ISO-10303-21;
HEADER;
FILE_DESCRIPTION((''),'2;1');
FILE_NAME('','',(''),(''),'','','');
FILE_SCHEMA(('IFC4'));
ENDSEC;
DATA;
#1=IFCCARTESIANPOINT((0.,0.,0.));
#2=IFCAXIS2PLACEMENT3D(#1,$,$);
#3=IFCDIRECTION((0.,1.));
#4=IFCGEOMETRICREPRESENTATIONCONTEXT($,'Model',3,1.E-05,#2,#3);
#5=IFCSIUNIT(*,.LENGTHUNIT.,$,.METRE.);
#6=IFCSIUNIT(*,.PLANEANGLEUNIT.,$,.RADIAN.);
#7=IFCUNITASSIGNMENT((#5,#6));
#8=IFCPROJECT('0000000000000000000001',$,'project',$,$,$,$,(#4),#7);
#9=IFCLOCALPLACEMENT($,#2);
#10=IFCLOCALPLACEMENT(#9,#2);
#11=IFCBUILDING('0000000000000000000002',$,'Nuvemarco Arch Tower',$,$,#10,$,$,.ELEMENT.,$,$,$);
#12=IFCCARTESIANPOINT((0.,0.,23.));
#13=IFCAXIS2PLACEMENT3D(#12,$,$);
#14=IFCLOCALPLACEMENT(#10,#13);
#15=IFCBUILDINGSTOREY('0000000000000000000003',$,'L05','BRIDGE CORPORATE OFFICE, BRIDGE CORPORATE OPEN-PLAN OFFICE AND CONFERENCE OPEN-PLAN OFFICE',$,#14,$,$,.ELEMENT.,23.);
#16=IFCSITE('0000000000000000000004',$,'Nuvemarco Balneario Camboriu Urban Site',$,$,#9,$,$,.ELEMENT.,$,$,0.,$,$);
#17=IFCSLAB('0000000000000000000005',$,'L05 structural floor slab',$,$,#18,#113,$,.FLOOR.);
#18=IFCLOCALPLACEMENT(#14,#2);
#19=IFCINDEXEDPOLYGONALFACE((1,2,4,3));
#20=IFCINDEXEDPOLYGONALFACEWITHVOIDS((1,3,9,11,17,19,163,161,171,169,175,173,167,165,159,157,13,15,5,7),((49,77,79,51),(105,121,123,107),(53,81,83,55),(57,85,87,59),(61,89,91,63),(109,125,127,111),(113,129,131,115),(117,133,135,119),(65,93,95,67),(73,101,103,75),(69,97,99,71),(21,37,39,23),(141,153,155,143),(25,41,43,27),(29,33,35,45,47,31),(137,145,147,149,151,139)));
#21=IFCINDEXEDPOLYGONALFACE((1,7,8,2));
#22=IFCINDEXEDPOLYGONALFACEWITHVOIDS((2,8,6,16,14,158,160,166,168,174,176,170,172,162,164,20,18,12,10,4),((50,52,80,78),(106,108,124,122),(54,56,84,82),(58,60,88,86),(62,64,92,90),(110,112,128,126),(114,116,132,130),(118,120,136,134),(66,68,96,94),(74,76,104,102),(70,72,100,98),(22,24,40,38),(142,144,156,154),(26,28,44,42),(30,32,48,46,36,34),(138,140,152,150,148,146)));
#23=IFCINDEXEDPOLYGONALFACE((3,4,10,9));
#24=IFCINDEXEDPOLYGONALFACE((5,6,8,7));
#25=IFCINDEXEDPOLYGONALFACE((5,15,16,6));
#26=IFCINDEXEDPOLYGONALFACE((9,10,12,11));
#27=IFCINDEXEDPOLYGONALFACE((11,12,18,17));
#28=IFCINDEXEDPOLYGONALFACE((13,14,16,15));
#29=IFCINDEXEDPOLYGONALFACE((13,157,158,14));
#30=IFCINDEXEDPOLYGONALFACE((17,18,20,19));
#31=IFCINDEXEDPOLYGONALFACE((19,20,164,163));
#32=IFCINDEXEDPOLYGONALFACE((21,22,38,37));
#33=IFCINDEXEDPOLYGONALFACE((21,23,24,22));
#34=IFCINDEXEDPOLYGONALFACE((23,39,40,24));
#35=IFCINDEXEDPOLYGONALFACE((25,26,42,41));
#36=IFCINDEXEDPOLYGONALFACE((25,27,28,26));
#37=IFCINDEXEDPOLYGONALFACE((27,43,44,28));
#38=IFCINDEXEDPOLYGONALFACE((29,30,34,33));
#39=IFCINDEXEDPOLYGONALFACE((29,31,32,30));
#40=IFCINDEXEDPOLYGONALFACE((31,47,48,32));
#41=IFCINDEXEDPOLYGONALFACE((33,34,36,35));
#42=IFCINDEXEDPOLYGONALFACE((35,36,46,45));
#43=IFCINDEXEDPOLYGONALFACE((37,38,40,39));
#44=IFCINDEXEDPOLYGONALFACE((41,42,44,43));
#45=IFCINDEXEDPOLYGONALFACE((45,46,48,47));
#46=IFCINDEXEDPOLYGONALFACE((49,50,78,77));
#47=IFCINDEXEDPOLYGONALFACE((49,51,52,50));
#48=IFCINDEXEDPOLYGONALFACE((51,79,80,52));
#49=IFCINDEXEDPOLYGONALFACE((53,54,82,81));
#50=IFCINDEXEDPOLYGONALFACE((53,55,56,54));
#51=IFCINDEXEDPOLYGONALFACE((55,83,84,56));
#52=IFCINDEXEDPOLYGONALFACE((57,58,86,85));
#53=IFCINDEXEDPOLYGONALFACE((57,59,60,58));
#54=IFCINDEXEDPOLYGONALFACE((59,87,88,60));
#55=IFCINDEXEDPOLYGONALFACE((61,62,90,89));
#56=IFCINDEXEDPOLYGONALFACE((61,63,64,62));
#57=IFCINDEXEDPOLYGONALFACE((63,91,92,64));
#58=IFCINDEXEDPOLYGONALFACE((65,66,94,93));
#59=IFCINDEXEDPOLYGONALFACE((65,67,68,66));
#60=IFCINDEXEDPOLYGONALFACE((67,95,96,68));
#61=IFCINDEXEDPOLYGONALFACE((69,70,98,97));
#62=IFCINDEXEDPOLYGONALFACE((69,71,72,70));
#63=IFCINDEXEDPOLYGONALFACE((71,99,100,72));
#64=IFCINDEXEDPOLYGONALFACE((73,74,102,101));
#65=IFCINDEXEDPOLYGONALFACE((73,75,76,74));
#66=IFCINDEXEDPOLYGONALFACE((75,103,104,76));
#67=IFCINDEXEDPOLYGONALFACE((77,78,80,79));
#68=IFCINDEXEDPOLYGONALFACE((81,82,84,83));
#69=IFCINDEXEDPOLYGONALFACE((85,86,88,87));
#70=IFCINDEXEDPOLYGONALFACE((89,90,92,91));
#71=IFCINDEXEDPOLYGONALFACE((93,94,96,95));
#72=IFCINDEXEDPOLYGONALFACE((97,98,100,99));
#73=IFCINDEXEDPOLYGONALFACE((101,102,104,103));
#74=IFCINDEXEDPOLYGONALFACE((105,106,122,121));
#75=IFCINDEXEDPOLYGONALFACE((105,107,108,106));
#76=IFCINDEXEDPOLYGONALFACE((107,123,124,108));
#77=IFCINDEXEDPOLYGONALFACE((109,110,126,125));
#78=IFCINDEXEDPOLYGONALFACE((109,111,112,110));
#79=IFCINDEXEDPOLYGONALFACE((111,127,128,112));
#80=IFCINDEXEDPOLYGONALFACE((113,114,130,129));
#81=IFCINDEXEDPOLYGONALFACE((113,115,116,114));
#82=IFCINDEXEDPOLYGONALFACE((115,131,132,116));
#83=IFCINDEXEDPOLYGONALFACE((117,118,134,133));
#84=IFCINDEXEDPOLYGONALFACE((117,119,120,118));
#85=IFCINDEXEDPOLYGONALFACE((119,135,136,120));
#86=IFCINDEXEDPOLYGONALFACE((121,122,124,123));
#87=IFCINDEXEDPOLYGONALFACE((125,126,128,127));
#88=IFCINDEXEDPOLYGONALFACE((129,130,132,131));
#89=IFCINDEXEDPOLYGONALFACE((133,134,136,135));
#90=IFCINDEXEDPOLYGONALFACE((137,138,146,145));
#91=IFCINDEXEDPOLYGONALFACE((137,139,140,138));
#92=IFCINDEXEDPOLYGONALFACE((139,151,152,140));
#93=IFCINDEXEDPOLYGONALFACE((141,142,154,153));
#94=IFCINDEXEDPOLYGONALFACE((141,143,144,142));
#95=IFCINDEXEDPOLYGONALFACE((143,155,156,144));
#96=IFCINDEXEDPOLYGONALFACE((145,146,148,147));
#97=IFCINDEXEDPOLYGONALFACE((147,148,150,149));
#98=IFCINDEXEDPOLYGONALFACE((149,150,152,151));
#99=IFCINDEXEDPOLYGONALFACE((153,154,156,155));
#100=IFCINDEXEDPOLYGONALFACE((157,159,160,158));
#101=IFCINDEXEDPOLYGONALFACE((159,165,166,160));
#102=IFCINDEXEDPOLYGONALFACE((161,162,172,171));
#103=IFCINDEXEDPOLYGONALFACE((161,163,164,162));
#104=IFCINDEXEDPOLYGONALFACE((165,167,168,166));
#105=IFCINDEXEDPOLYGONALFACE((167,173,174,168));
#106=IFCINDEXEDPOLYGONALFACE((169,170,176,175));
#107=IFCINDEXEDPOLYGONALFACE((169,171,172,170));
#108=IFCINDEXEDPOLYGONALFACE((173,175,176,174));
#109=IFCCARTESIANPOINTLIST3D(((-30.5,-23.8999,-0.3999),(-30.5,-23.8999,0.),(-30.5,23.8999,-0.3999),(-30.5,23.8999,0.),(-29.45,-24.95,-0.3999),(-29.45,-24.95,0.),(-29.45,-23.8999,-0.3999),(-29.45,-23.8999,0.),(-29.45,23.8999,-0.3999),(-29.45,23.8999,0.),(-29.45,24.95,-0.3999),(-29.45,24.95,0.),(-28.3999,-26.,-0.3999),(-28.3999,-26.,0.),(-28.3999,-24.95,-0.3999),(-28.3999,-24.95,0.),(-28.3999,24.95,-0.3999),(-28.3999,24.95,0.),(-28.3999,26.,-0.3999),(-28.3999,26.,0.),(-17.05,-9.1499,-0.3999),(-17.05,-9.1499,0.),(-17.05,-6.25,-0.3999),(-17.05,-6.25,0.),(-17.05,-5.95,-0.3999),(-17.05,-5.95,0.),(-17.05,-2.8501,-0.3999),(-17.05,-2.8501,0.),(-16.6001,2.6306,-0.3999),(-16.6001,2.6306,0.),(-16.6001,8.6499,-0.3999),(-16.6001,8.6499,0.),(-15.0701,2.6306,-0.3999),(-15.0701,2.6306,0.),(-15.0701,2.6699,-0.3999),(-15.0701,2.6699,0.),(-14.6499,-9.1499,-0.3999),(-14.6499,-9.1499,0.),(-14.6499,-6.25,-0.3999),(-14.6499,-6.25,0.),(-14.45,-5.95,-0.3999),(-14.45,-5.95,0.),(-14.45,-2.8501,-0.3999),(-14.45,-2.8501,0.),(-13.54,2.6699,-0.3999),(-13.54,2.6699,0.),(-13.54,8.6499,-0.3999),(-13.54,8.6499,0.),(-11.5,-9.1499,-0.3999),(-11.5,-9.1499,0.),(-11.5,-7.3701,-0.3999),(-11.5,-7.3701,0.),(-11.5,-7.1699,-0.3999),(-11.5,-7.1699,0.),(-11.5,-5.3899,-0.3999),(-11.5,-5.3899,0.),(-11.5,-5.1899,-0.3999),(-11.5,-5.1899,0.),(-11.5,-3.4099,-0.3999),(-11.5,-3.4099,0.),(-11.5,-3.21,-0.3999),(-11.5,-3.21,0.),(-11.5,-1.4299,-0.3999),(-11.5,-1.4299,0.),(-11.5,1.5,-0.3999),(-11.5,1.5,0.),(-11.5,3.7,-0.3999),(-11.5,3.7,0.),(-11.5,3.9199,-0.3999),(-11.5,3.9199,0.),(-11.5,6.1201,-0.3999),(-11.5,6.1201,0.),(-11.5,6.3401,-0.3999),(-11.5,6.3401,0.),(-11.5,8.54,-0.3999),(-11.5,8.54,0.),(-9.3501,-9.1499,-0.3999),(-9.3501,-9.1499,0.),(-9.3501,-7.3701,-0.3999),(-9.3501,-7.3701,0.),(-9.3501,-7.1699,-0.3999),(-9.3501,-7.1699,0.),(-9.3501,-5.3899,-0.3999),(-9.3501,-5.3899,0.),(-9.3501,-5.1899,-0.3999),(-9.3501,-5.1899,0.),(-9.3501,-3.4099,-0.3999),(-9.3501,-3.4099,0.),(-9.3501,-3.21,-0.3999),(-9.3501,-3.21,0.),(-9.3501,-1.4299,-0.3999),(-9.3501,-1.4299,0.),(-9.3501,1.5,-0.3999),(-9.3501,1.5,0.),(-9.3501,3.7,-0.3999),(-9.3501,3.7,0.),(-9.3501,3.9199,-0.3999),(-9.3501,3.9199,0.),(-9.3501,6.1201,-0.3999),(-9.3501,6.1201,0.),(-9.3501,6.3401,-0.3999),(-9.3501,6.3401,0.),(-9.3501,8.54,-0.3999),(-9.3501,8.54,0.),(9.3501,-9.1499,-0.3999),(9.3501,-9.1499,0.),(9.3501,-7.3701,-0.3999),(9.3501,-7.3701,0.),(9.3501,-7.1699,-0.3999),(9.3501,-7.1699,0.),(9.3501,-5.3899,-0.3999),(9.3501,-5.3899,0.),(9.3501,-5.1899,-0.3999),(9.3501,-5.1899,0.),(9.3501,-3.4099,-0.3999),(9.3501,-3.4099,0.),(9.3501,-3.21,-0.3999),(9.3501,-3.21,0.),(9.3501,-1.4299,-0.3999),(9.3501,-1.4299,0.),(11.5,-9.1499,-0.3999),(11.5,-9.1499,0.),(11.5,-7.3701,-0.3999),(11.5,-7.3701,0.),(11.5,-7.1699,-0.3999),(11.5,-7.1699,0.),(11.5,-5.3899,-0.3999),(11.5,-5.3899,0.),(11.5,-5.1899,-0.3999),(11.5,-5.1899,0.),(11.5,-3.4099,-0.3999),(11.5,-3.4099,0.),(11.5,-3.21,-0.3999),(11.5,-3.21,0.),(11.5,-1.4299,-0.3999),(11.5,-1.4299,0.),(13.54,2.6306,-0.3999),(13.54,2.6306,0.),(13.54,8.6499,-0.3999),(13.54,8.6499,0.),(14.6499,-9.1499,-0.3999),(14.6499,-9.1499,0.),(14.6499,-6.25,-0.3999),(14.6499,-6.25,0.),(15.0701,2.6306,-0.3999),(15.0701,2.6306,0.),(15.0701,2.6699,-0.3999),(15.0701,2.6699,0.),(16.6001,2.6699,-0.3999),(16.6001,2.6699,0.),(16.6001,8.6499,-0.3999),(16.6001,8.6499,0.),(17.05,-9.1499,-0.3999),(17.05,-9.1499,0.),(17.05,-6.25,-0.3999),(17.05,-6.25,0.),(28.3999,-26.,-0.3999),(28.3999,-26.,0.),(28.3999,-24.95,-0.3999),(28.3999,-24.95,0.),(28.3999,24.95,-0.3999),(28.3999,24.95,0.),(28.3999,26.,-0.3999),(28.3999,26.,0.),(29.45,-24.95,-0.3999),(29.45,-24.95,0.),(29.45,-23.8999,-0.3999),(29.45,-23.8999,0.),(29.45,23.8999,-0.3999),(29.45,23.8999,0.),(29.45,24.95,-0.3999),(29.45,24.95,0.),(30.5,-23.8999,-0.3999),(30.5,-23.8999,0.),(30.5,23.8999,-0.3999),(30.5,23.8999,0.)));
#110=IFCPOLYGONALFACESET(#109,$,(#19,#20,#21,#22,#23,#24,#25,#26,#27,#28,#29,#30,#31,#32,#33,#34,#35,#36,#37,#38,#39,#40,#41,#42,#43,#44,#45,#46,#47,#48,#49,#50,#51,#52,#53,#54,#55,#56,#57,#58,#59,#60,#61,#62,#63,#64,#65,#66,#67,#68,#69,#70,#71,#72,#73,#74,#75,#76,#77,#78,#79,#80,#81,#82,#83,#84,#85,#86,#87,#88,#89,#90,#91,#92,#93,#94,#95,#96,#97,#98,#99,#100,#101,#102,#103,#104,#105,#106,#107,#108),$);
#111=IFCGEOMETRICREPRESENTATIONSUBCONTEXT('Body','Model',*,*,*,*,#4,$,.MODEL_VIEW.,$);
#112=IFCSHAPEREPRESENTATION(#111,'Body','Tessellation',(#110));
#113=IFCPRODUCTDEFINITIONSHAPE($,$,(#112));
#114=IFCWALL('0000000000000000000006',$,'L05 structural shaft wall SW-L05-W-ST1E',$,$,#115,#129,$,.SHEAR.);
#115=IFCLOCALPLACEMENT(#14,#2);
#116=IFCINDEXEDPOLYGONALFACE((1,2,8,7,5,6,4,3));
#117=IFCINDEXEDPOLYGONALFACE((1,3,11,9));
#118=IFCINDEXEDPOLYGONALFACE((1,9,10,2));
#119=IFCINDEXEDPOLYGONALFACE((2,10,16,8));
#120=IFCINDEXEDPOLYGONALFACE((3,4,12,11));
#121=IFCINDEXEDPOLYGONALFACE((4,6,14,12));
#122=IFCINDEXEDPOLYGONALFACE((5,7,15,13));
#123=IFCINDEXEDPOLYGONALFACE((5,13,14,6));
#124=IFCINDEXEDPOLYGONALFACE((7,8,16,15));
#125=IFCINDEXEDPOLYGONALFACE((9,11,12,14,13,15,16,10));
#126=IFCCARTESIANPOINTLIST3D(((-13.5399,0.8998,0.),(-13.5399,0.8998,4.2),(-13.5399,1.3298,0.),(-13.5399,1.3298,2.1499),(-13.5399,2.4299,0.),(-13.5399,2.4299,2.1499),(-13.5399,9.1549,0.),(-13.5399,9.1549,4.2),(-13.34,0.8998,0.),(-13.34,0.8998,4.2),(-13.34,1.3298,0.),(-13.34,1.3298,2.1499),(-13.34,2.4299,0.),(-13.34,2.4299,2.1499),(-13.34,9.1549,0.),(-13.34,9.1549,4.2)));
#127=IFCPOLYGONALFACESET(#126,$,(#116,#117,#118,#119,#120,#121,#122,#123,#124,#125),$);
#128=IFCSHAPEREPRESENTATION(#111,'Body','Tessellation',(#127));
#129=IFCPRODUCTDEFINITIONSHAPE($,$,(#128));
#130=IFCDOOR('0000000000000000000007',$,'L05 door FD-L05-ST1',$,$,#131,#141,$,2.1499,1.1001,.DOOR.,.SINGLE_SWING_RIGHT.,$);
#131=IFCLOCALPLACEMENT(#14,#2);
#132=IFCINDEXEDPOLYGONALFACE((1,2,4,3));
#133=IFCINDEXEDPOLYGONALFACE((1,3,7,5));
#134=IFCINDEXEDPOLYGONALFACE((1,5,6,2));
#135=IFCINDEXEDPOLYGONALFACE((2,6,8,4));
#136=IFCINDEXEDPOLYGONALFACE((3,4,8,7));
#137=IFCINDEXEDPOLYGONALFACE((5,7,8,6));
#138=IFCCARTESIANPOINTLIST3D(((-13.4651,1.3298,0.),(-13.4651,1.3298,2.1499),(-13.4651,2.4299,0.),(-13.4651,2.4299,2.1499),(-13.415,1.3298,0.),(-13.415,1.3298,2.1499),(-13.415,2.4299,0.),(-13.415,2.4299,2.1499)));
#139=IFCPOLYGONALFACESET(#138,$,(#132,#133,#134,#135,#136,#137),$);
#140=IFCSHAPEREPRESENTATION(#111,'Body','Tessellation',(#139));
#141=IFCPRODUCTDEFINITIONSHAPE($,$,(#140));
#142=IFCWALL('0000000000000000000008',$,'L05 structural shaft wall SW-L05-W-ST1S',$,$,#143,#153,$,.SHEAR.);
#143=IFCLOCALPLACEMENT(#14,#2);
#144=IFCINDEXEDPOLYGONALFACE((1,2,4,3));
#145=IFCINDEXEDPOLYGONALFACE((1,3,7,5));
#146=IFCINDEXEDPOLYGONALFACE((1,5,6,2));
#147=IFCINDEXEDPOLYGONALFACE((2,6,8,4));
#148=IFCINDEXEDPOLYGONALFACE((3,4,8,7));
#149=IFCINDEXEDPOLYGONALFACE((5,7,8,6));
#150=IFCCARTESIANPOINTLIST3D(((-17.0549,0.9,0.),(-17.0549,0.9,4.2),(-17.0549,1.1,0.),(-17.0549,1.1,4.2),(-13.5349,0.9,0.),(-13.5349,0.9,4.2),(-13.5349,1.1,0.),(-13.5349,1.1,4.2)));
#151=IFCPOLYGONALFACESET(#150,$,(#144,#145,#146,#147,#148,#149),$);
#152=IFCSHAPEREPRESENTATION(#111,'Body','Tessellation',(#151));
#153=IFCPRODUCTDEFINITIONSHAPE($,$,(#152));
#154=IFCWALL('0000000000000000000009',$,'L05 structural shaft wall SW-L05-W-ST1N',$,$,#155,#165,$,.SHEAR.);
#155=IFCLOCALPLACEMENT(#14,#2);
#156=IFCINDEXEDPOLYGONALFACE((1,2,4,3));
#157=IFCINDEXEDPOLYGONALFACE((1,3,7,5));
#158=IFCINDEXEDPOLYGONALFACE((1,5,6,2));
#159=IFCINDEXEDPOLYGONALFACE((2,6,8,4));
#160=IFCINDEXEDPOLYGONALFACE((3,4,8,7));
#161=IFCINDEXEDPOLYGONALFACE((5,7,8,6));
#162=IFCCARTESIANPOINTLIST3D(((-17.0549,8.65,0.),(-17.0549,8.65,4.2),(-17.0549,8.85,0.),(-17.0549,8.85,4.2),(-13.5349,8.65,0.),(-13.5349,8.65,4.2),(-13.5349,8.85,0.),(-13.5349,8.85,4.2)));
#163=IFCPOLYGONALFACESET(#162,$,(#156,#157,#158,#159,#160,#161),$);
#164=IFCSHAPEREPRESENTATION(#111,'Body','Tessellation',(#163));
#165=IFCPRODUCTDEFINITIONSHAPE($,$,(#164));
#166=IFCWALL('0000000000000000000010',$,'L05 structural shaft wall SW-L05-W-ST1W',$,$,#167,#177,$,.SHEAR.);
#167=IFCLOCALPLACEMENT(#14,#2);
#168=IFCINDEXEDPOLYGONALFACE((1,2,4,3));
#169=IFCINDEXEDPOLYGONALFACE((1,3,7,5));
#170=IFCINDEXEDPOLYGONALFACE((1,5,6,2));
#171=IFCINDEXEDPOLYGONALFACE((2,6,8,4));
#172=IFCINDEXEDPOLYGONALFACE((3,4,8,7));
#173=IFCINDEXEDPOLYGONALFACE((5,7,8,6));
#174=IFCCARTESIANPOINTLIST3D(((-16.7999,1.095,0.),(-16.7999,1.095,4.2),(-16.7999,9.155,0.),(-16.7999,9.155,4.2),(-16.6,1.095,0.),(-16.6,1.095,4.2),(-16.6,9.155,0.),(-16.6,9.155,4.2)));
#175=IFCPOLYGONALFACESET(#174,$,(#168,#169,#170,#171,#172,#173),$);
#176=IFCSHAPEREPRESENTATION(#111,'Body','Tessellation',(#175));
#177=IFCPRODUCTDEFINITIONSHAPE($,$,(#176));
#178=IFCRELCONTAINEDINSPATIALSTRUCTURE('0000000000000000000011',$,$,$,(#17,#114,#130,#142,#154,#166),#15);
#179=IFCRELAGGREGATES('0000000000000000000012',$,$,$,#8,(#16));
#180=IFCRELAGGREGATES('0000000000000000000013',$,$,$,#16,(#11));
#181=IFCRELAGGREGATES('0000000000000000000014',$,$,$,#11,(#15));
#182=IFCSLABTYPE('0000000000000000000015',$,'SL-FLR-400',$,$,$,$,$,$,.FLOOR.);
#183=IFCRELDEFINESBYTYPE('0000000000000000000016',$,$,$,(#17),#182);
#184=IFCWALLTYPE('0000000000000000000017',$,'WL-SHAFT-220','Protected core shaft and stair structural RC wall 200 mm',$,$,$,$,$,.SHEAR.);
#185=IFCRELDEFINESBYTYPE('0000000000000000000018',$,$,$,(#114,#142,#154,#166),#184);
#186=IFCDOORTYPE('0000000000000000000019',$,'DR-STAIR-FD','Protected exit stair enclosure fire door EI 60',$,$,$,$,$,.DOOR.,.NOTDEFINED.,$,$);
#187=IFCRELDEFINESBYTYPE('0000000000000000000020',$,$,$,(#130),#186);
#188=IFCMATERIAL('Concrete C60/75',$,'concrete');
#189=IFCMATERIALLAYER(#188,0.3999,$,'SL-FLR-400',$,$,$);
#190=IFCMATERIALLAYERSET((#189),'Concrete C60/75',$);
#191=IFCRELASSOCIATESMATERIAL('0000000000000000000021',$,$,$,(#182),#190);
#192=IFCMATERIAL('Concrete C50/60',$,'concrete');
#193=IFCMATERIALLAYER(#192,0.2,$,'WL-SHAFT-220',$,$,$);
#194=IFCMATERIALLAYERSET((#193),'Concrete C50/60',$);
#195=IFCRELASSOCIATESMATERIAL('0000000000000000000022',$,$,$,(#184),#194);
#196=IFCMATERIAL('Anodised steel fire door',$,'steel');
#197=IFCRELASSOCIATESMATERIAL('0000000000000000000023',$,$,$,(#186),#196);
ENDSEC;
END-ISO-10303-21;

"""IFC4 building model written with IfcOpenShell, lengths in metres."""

from ifc_helpers import new_model, si_unit, direction, frame, frame_2d, origin, place, context, subcontext, project, spatial, polyline, rectangle, outline, extrude, source, transform, mapped, material, layer, layer_set, type_object, type_shapes, element, fill, save


model = new_model("IFC4")

# Units and contexts
model_context = context("Model", 3, precision=1e-05, world=origin(), true_north=direction((0.0, 1.0)))
body_context = subcontext(model_context, "Body", "Model", "MODEL_VIEW")
ifc_project = project(units=[si_unit("LENGTHUNIT", "METRE"), si_unit("PLANEANGLEUNIT", "RADIAN")], contexts=[model_context])

# Site, building, storey
site_placement = place(None, origin())
site = spatial("IfcSite", under=ifc_project, at=site_placement, Name="Nuvemarco Balneario Camboriu Urban Site", CompositionType="ELEMENT", RefElevation=0.0)
building_placement = place(site_placement, origin())
building = spatial("IfcBuilding", under=site, at=building_placement, Name="Nuvemarco Arch Tower", CompositionType="ELEMENT")
storey_placement = place(building_placement, frame((0.0, 0.0, 23.0)))
storey = spatial("IfcBuildingStorey", under=building, at=storey_placement, Name="L05", Description="BRIDGE CORPORATE OFFICE, BRIDGE CORPORATE OPEN-PLAN OFFICE AND CONFERENCE OPEN-PLAN OFFICE", CompositionType="ELEMENT", Elevation=23.0)

# Shared definitions
ifc_material_1 = material(Name="Concrete C60/75", Category="concrete")

# Slab
ifc_layer_1 = layer(ifc_material_1, 0.3999, Name="SL-FLR-400")
ifc_layer_set_1 = layer_set([ifc_layer_1], Name="Concrete C60/75")
slab_type = type_object("IfcSlabType", Name="SL-FLR-400", PredefinedType="FLOOR", material=ifc_layer_set_1)
slab_placement = place(storey_placement, frame((0.0, 0.0, -0.3999)))
element("IfcSlab", 1, at=slab_placement, inside=storey, type_object=slab_type, Name="L05 structural floor slab", PredefinedType="FLOOR", context=body_context, shape_type="SweptSolid", body=[
    extrude(outline(polyline([(-28.3999, -26.0), (28.3999, -26.0), (28.3999, -24.95), (29.45, -24.95), (29.45, -23.8999), (30.5, -23.8999), (30.5, 23.8999), (29.45, 23.8999), (29.45, 24.95), (28.3999, 24.95), (28.3999, 26.0), (-28.3999, 26.0), (-28.3999, 24.95), (-29.45, 24.95), (-29.45, 23.8999), (-30.5, 23.8999), (-30.5, -23.8999), (-29.45, -23.8999), (-29.45, -24.95), (-28.3999, -24.95), (-28.3999, -26.0)]), holes=[polyline([(-13.54, 2.6699), (-13.54, 8.6499), (-16.6001, 8.6499), (-16.6001, 2.6306), (-15.0701, 2.6306), (-15.0701, 2.6699), (-13.54, 2.6699)]), polyline([(16.6001, 2.6699), (16.6001, 8.6499), (13.54, 8.6499), (13.54, 2.6306), (15.0701, 2.6306), (15.0701, 2.6699), (16.6001, 2.6699)]), polyline([(-17.05, -9.1499), (-14.6499, -9.1499), (-14.6499, -6.25), (-17.05, -6.25), (-17.05, -9.1499)]), polyline([(-17.05, -5.95), (-14.45, -5.95), (-14.45, -2.8501), (-17.05, -2.8501), (-17.05, -5.95)]), polyline([(-11.5, -9.1499), (-9.3501, -9.1499), (-9.3501, -7.3701), (-11.5, -7.3701), (-11.5, -9.1499)]), polyline([(-11.5, -7.1699), (-9.3501, -7.1699), (-9.3501, -5.3899), (-11.5, -5.3899), (-11.5, -7.1699)]), polyline([(-11.5, -5.1899), (-9.3501, -5.1899), (-9.3501, -3.4099), (-11.5, -3.4099), (-11.5, -5.1899)]), polyline([(-11.5, -3.21), (-9.3501, -3.21), (-9.3501, -1.4299), (-11.5, -1.4299), (-11.5, -3.21)]), polyline([(-11.5, 1.5), (-9.3501, 1.5), (-9.3501, 3.7), (-11.5, 3.7), (-11.5, 1.5)]), polyline([(-11.5, 3.9199), (-9.3501, 3.9199), (-9.3501, 6.1201), (-11.5, 6.1201), (-11.5, 3.9199)]), polyline([(-11.5, 6.3401), (-9.3501, 6.3401), (-9.3501, 8.54), (-11.5, 8.54), (-11.5, 6.3401)]), polyline([(14.6499, -9.1499), (17.05, -9.1499), (17.05, -6.25), (14.6499, -6.25), (14.6499, -9.1499)]), polyline([(9.3501, -9.1499), (11.5, -9.1499), (11.5, -7.3701), (9.3501, -7.3701), (9.3501, -9.1499)]), polyline([(9.3501, -7.1699), (11.5, -7.1699), (11.5, -5.3899), (9.3501, -5.3899), (9.3501, -7.1699)]), polyline([(9.3501, -5.1899), (11.5, -5.1899), (11.5, -3.4099), (9.3501, -3.4099), (9.3501, -5.1899)]), polyline([(9.3501, -3.21), (11.5, -3.21), (11.5, -1.4299), (9.3501, -1.4299), (9.3501, -3.21)])]), origin(), (0.0, 0.0, 1.0), 0.3999),
])

# Wall, opening, door
ifc_material_2 = material(Name="Concrete C50/60", Category="concrete")
ifc_layer_2 = layer(ifc_material_2, 0.2, Name="WL-SHAFT-220")
ifc_layer_set_2 = layer_set([ifc_layer_2], Name="Concrete C50/60")
wall_type = type_object("IfcWallType", Name="WL-SHAFT-220", Description="Protected core shaft and stair structural RC wall 200 mm", PredefinedType="SHEAR", material=ifc_layer_set_2)
wall_1_placement = place(storey_placement, frame((-13.4399, 0.8999, 0.0), z_axis=(0.0, 0.0, 1.0), x_axis=(0.0, 1.0, 0.0)))
wall_1 = element("IfcWall", 2, at=wall_1_placement, inside=storey, type_object=wall_type, Name="L05 structural shaft wall SW-L05-W-ST1E", PredefinedType="SHEAR", context=body_context, shape_type="SweptSolid", body=[
    extrude(rectangle(XDim=8.2551, YDim=0.2, at=frame_2d((4.1274, 0.0))), origin(), (0.0, 0.0, 1.0), 4.2),
])
opening_placement = place(wall_1_placement, frame((1.53, 0.0, 0.0), z_axis=(0.0, 0.0, 1.0), x_axis=(-1.0, 0.0, 0.0)))
opening = element("IfcOpeningElement", 3, at=opening_placement, cuts=wall_1, PredefinedType="OPENING", context=body_context, shape_type="SweptSolid", body=[
    extrude(rectangle(XDim=1.1001, YDim=2.1499, at=frame_2d((0.55, 1.075))), frame((0.0, 0.1099, 0.0), z_axis=(0.0, -1.0, 0.0), x_axis=(1.0, 0.0, 0.0)), (0.0, 0.0, 1.0), 0.22),
])
ifc_material_3 = material(Name="Anodised steel fire door", Category="steel")
door_type = type_object("IfcDoorType", Name="DR-STAIR-FD", Description="Protected exit stair enclosure fire door EI 60", OperationType="NOTDEFINED", PredefinedType="DOOR", material=ifc_material_3)
shared_shape = source(origin(), body_context, "Body", "SweptSolid", [
    extrude(rectangle(XDim=1.1001, YDim=2.1499, at=frame_2d((0.55, 1.075))), frame((0.0, 0.0249, 0.0), z_axis=(0.0, -1.0, 0.0), x_axis=(1.0, 0.0, 0.0)), (0.0, 0.0, 1.0), 0.05),
])
type_shapes(door_type, [shared_shape])
door_placement = place(opening_placement, origin())
door = element("IfcDoor", 4, at=door_placement, inside=storey, type_object=door_type, Name="L05 door FD-L05-ST1", OperationType="SINGLE_SWING_RIGHT", OverallHeight=2.1499, OverallWidth=1.1001, PredefinedType="DOOR", context=body_context, shape_type="MappedRepresentation", body=[
    mapped(shared_shape, transform((0.0, 0.0, 0.0), scale=1.0)),
])
fill(opening, door)

# Walls
for number, where, z_axis, x_axis, name in (
    (5, (-17.0549, 1.0, 0.0), (0.0, 0.0, 1.0), (1.0, 0.0, 0.0), "L05 structural shaft wall SW-L05-W-ST1S"),
    (6, (-17.0549, 8.75, 0.0), (0.0, 0.0, 1.0), (1.0, 0.0, 0.0), "L05 structural shaft wall SW-L05-W-ST1N"),
):
    element("IfcWall", number, at=place(storey_placement, frame(where, z_axis=z_axis, x_axis=x_axis)), inside=storey, type_object=wall_type, Name=name, PredefinedType="SHEAR", context=body_context, shape_type="SweptSolid", body=[
        extrude(rectangle(XDim=3.52, YDim=0.2, at=frame_2d((1.76, 0.0))), origin(), (0.0, 0.0, 1.0), 4.2),
    ])
wall_2_placement = place(storey_placement, frame((-16.7, 1.095, 0.0), z_axis=(0.0, 0.0, 1.0), x_axis=(0.0, 1.0, 0.0)))
element("IfcWall", 7, at=wall_2_placement, inside=storey, type_object=wall_type, Name="L05 structural shaft wall SW-L05-W-ST1W", PredefinedType="SHEAR", context=body_context, shape_type="SweptSolid", body=[
    extrude(rectangle(XDim=8.0601, YDim=0.2, at=frame_2d((4.03, 0.0))), origin(), (0.0, 0.0, 1.0), 4.2),
])

save(model, "model.ifc")
